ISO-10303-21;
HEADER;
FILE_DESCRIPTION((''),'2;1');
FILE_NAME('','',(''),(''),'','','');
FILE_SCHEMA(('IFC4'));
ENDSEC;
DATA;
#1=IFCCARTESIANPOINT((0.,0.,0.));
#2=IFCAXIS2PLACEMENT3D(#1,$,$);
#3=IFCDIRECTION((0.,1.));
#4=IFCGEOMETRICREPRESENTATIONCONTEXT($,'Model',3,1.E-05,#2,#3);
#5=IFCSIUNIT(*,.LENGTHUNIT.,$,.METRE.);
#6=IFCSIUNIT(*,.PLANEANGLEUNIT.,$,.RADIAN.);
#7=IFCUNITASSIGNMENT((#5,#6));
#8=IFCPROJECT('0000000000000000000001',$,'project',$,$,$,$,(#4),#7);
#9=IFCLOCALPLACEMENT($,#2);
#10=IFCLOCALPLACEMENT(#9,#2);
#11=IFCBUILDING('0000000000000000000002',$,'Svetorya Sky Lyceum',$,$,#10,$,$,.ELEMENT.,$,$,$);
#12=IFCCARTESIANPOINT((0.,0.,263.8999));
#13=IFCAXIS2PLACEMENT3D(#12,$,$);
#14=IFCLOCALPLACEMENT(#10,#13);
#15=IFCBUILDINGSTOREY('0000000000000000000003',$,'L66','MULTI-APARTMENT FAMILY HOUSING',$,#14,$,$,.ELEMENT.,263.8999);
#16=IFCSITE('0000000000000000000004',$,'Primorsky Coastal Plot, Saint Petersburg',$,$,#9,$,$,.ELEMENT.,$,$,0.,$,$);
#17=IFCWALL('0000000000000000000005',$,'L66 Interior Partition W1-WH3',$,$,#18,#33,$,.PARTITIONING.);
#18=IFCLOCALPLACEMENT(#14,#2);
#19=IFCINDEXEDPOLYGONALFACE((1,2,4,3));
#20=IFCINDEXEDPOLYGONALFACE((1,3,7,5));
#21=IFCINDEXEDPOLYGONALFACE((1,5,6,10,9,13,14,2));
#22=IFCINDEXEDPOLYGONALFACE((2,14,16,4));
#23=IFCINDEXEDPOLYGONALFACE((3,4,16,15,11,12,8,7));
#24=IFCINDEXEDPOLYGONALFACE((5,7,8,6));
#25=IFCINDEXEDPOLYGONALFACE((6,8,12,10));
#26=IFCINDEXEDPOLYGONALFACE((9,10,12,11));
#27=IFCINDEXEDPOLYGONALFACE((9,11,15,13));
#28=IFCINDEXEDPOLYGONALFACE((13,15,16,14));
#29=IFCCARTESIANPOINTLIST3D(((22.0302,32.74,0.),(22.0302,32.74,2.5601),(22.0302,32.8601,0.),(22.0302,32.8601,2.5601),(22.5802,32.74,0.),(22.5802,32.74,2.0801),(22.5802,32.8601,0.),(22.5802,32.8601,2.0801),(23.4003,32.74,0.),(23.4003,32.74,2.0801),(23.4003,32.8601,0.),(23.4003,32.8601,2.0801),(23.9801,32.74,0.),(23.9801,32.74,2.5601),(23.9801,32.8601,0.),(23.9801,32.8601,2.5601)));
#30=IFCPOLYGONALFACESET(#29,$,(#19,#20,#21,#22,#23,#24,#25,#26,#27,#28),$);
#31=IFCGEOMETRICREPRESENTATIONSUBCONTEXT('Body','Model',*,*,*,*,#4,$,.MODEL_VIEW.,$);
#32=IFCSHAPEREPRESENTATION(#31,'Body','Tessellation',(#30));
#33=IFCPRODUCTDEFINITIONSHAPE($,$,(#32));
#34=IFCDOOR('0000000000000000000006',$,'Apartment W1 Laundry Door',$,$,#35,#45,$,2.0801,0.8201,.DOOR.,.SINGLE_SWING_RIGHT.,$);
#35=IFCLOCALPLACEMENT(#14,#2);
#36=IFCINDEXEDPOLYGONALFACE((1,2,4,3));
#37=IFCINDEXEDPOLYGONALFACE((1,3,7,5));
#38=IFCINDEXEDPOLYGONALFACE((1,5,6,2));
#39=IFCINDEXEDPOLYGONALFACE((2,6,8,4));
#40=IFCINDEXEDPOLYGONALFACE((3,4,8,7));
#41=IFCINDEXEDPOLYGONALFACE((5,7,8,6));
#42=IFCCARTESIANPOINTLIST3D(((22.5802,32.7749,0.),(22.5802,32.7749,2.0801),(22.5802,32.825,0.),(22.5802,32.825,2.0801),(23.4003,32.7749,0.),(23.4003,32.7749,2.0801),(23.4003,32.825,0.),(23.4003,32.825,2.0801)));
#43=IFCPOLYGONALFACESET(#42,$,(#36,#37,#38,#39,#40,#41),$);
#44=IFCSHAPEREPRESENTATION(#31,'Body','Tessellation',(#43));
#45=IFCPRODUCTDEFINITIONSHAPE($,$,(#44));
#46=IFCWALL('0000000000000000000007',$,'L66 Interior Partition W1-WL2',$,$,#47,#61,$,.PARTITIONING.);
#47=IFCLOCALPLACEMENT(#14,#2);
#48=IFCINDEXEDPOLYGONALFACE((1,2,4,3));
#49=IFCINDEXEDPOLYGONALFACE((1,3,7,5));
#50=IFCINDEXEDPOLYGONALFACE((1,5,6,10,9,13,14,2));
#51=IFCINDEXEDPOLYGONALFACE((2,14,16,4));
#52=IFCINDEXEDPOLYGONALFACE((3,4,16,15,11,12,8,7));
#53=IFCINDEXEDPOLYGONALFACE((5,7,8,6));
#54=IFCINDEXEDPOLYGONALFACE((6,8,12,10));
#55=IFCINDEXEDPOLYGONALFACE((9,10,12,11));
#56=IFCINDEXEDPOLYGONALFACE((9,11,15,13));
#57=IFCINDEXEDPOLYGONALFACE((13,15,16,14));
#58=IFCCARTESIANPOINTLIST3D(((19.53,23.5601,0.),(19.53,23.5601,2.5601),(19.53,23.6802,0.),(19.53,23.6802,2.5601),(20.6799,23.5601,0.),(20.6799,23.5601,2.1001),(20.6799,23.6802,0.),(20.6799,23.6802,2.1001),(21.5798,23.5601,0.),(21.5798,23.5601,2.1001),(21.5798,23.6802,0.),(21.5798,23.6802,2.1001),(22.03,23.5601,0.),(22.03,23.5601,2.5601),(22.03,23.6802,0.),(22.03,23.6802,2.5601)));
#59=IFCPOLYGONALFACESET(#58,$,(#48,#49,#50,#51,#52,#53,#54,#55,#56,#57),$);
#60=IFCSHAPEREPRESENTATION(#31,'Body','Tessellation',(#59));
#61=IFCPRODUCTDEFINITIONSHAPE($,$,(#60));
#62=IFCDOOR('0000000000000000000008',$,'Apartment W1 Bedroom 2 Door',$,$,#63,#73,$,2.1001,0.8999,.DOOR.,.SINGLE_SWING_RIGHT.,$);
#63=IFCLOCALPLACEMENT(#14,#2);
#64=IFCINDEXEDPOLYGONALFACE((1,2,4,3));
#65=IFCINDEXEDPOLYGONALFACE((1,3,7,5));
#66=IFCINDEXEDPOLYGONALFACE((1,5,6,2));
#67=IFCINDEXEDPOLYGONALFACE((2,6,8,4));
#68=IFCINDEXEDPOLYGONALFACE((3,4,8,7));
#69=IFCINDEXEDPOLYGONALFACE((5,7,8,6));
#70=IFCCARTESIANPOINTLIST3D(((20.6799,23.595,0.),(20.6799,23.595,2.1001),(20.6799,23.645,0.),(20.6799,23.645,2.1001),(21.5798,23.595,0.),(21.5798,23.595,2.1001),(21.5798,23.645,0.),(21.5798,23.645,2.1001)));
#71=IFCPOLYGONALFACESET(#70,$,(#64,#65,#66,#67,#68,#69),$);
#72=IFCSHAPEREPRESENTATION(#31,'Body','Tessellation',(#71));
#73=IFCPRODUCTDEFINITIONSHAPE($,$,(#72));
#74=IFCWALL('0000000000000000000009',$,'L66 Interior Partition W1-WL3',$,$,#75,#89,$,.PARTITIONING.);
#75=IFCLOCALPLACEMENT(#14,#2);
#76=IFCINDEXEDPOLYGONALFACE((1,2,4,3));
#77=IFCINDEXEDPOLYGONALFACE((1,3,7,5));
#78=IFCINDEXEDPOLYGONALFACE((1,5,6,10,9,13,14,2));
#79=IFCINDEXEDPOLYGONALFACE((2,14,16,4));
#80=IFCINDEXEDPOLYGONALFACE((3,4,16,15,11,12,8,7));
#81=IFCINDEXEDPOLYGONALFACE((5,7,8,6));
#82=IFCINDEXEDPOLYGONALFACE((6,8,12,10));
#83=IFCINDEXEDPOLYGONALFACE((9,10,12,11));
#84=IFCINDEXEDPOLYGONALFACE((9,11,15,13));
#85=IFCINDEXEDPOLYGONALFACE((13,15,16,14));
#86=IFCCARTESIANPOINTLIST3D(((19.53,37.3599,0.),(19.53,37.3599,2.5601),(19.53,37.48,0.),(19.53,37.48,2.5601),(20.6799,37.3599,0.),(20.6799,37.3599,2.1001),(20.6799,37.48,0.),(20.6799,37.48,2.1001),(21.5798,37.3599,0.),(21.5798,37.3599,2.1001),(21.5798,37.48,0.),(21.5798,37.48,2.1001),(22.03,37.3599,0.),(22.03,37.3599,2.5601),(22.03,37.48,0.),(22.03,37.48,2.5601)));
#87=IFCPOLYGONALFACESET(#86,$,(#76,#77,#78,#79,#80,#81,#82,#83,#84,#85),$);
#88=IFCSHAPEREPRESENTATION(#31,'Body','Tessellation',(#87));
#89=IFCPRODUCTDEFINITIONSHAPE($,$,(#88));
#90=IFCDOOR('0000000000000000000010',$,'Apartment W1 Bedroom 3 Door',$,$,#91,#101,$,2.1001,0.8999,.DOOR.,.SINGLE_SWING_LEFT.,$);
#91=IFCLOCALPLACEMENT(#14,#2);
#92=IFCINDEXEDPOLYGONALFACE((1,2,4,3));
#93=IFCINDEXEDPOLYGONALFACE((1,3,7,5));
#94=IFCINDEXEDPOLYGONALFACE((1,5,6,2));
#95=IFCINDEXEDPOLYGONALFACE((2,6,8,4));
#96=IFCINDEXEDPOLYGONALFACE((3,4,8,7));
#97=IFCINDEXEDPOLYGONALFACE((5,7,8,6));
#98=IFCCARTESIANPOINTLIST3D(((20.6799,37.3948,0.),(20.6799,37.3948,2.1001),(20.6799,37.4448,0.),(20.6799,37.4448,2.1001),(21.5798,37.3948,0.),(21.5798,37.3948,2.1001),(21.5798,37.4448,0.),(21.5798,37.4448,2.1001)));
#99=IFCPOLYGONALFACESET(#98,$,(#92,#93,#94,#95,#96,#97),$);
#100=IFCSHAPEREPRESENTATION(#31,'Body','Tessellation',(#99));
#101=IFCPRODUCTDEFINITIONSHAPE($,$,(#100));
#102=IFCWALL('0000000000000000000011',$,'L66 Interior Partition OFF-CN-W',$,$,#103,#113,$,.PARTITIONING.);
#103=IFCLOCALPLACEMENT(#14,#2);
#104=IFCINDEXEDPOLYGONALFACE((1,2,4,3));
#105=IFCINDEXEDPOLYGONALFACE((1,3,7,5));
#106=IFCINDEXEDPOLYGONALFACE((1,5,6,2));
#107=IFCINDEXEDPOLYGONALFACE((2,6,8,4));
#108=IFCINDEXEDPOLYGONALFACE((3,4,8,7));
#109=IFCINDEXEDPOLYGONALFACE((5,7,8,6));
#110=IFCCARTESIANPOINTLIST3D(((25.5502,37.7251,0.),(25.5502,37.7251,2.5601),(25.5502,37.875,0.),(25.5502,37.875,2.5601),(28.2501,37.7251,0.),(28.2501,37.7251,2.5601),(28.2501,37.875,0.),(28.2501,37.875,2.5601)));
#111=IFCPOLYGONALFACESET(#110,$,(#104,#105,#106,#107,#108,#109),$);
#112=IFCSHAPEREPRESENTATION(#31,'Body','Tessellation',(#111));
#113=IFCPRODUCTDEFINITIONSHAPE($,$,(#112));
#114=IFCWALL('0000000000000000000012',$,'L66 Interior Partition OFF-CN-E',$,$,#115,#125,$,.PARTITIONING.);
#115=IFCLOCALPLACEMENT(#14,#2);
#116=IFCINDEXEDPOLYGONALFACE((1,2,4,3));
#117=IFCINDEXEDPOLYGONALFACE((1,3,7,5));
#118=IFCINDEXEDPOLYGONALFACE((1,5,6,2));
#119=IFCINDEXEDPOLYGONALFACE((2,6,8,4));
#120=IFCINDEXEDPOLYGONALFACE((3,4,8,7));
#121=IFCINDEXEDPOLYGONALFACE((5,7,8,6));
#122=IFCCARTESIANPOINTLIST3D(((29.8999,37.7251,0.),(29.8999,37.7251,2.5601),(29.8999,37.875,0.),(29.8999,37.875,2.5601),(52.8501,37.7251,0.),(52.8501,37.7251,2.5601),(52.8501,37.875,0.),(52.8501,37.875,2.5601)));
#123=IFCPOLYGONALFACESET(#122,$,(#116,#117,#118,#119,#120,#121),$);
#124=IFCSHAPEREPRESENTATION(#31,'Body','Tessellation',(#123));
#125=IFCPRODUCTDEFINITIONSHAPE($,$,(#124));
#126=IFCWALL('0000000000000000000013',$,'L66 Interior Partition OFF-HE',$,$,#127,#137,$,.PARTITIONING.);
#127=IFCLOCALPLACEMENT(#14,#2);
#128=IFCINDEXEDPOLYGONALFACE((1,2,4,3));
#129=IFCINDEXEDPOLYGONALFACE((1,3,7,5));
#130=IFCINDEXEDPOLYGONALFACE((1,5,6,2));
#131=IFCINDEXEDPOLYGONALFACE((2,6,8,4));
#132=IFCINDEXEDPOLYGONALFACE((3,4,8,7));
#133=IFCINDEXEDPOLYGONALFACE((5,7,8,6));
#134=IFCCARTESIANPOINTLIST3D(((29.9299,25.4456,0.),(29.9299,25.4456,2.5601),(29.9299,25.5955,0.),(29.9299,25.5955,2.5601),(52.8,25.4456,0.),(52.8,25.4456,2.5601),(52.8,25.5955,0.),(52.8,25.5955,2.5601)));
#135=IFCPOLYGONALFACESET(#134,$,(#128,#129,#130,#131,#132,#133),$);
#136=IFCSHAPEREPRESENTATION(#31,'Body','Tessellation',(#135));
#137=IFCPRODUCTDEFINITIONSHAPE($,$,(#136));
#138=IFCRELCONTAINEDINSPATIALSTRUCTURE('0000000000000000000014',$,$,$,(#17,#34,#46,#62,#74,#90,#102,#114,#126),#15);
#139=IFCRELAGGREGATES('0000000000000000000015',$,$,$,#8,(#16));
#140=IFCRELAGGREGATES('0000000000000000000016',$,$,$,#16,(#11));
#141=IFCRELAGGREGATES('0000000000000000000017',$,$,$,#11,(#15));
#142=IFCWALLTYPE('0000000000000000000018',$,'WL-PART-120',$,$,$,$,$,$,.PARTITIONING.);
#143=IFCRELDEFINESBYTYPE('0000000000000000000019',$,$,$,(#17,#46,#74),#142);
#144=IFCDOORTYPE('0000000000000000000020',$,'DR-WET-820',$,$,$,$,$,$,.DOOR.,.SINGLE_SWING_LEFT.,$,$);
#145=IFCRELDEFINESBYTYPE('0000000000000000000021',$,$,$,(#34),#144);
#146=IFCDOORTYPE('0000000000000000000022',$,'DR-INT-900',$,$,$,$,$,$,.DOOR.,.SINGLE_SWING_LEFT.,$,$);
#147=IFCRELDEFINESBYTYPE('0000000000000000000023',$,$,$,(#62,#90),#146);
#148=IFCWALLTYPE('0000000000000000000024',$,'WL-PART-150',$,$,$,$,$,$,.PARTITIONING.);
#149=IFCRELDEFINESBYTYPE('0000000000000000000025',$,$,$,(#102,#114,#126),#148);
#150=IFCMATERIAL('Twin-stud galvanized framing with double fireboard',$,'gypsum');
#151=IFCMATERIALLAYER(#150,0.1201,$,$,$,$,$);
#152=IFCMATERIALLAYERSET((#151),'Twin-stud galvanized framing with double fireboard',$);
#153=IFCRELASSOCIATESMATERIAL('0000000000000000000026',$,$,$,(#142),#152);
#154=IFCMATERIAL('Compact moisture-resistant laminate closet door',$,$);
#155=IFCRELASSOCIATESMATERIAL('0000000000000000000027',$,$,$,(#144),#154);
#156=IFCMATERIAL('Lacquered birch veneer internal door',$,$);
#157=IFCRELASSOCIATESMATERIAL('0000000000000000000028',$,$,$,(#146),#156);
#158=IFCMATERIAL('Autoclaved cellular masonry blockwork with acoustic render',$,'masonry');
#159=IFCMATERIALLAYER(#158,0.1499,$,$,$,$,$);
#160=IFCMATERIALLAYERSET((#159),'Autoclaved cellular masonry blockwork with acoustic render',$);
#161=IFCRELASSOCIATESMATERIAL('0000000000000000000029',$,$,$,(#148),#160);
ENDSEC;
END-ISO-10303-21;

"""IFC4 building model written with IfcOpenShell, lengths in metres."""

from ifc_helpers import new_model, si_unit, direction, frame, frame_2d, origin, place, context, subcontext, project, spatial, rectangle, extrude, material, layer, layer_set, type_object, element, fill, save


model = new_model("IFC4")

# Units and contexts
model_context = context("Model", 3, precision=1e-05, world=origin(), true_north=direction((0.0, 1.0)))
body_context = subcontext(model_context, "Body", "Model", "MODEL_VIEW")
ifc_project = project(units=[si_unit("LENGTHUNIT", "METRE"), si_unit("PLANEANGLEUNIT", "RADIAN")], contexts=[model_context])

# Site, building, storey
site_placement = place(None, origin())
site = spatial("IfcSite", under=ifc_project, at=site_placement, Name="Primorsky Coastal Plot, Saint Petersburg", CompositionType="ELEMENT", RefElevation=0.0)
building_placement = place(site_placement, origin())
building = spatial("IfcBuilding", under=site, at=building_placement, Name="Svetorya Sky Lyceum", CompositionType="ELEMENT")
storey_placement = place(building_placement, frame((0.0, 0.0, 263.8999)))
storey = spatial("IfcBuildingStorey", under=building, at=storey_placement, Name="L66", Description="MULTI-APARTMENT FAMILY HOUSING", CompositionType="ELEMENT", Elevation=263.8999)

# Shared definitions
ifc_material_1 = material(Name="Twin-stud galvanized framing with double fireboard", Category="gypsum")
ifc_layer_1 = layer(ifc_material_1, 0.1201)
ifc_layer_set_1 = layer_set([ifc_layer_1], Name="Twin-stud galvanized framing with double fireboard")
wall_type_1 = type_object("IfcWallType", Name="WL-PART-120", PredefinedType="PARTITIONING", material=ifc_layer_set_1)

# Walls, openings, doors
wall_1_placement = place(storey_placement, frame((22.03, 32.8, 0.0), z_axis=(0.0, 0.0, 1.0), x_axis=(1.0, 0.0, 0.0)))
wall_1 = element("IfcWall", 1, at=wall_1_placement, inside=storey, type_object=wall_type_1, Name="L66 Interior Partition W1-WH3", PredefinedType="PARTITIONING", context=body_context, shape_type="SweptSolid", body=[
    extrude(rectangle(XDim=1.95, YDim=0.1201, at=frame_2d((0.9751, 0.0))), origin(), (0.0, 0.0, 1.0), 2.5601),
])
opening_1_placement = place(wall_1_placement, frame((0.55, 0.0, 0.0)))
opening_1 = element("IfcOpeningElement", 2, at=opening_1_placement, cuts=wall_1, PredefinedType="OPENING", context=body_context, shape_type="SweptSolid", body=[
    extrude(rectangle(XDim=0.8201, YDim=2.0801, at=frame_2d((0.4102, 1.04))), frame((0.0, 0.0701, 0.0), z_axis=(0.0, -1.0, 0.0), x_axis=(1.0, 0.0, 0.0)), (0.0, 0.0, 1.0), 0.1401),
])
ifc_material_2 = material(Name="Compact moisture-resistant laminate closet door")
door_type_1 = type_object("IfcDoorType", Name="DR-WET-820", OperationType="SINGLE_SWING_LEFT", PredefinedType="DOOR", material=ifc_material_2)
door_1_placement = place(opening_1_placement, origin())
door_1 = element("IfcDoor", 3, at=door_1_placement, inside=storey, type_object=door_type_1, Name="Apartment W1 Laundry Door", OperationType="SINGLE_SWING_RIGHT", OverallHeight=2.0801, OverallWidth=0.8201, PredefinedType="DOOR", context=body_context, shape_type="SweptSolid", body=[
    extrude(rectangle(XDim=0.8201, YDim=2.0801, at=frame_2d((0.4102, 1.04))), frame((0.0, 0.0249, 0.0), z_axis=(0.0, -1.0, 0.0), x_axis=(1.0, 0.0, 0.0)), (0.0, 0.0, 1.0), 0.05),
])
fill(opening_1, door_1)
wall_2_placement = place(storey_placement, frame((19.53, 23.6201, 0.0), z_axis=(0.0, 0.0, 1.0), x_axis=(1.0, 0.0, 0.0)))
wall_2 = element("IfcWall", 4, at=wall_2_placement, inside=storey, type_object=wall_type_1, Name="L66 Interior Partition W1-WL2", PredefinedType="PARTITIONING", context=body_context, shape_type="SweptSolid", body=[
    extrude(rectangle(XDim=2.5, YDim=0.1201, at=frame_2d((1.25, 0.0))), origin(), (0.0, 0.0, 1.0), 2.5601),
])
opening_2_placement = place(wall_2_placement, frame((1.1499, 0.0, 0.0)))
opening_2 = element("IfcOpeningElement", 5, at=opening_2_placement, cuts=wall_2, PredefinedType="OPENING", context=body_context, shape_type="SweptSolid", body=[
    extrude(rectangle(XDim=0.8999, YDim=2.1001, at=frame_2d((0.45, 1.05))), frame((0.0, 0.0701, 0.0), z_axis=(0.0, -1.0, 0.0), x_axis=(1.0, 0.0, 0.0)), (0.0, 0.0, 1.0), 0.1401),
])
ifc_material_3 = material(Name="Lacquered birch veneer internal door")
door_type_2 = type_object("IfcDoorType", Name="DR-INT-900", OperationType="SINGLE_SWING_LEFT", PredefinedType="DOOR", material=ifc_material_3)
door_2_placement = place(opening_2_placement, origin())
door_2 = element("IfcDoor", 6, at=door_2_placement, inside=storey, type_object=door_type_2, Name="Apartment W1 Bedroom 2 Door", OperationType="SINGLE_SWING_RIGHT", OverallHeight=2.1001, OverallWidth=0.8999, PredefinedType="DOOR", context=body_context, shape_type="SweptSolid", body=[
    extrude(rectangle(XDim=0.8999, YDim=2.1001, at=frame_2d((0.45, 1.05))), frame((0.0, 0.0249, 0.0), z_axis=(0.0, -1.0, 0.0), x_axis=(1.0, 0.0, 0.0)), (0.0, 0.0, 1.0), 0.05),
])
fill(opening_2, door_2)
wall_3_placement = place(storey_placement, frame((19.53, 37.4199, 0.0), z_axis=(0.0, 0.0, 1.0), x_axis=(1.0, 0.0, 0.0)))
wall_3 = element("IfcWall", 7, at=wall_3_placement, inside=storey, type_object=wall_type_1, Name="L66 Interior Partition W1-WL3", PredefinedType="PARTITIONING", context=body_context, shape_type="SweptSolid", body=[
    extrude(rectangle(XDim=2.5, YDim=0.1201, at=frame_2d((1.25, 0.0))), origin(), (0.0, 0.0, 1.0), 2.5601),
])
opening_3_placement = place(wall_3_placement, frame((1.1499, 0.0, 0.0)))
opening_3 = element("IfcOpeningElement", 8, at=opening_3_placement, cuts=wall_3, PredefinedType="OPENING", context=body_context, shape_type="SweptSolid", body=[
    extrude(rectangle(XDim=0.8999, YDim=2.1001, at=frame_2d((0.45, 1.05))), frame((0.0, 0.0701, 0.0), z_axis=(0.0, -1.0, 0.0), x_axis=(1.0, 0.0, 0.0)), (0.0, 0.0, 1.0), 0.1401),
])
door_3_placement = place(opening_3_placement, origin())
door_3 = element("IfcDoor", 9, at=door_3_placement, inside=storey, type_object=door_type_2, Name="Apartment W1 Bedroom 3 Door", OperationType="SINGLE_SWING_LEFT", OverallHeight=2.1001, OverallWidth=0.8999, PredefinedType="DOOR", context=body_context, shape_type="SweptSolid", body=[
    extrude(rectangle(XDim=0.8999, YDim=2.1001, at=frame_2d((0.45, 1.05))), frame((0.0, 0.0249, 0.0), z_axis=(0.0, -1.0, 0.0), x_axis=(1.0, 0.0, 0.0)), (0.0, 0.0, 1.0), 0.05),
])
fill(opening_3, door_3)

# Walls
ifc_material_4 = material(Name="Autoclaved cellular masonry blockwork with acoustic render", Category="masonry")
ifc_layer_2 = layer(ifc_material_4, 0.1499)
ifc_layer_set_2 = layer_set([ifc_layer_2], Name="Autoclaved cellular masonry blockwork with acoustic render")
wall_type_2 = type_object("IfcWallType", Name="WL-PART-150", PredefinedType="PARTITIONING", material=ifc_layer_set_2)
wall_4_placement = place(storey_placement, frame((25.55, 37.8, 0.0), z_axis=(0.0, 0.0, 1.0), x_axis=(1.0, 0.0, 0.0)))
element("IfcWall", 10, at=wall_4_placement, inside=storey, type_object=wall_type_2, Name="L66 Interior Partition OFF-CN-W", PredefinedType="PARTITIONING", context=body_context, shape_type="SweptSolid", body=[
    extrude(rectangle(XDim=2.7, YDim=0.1499, at=frame_2d((1.3501, 0.0))), origin(), (0.0, 0.0, 1.0), 2.5601),
])
wall_5_placement = place(storey_placement, frame((29.8999, 37.8, 0.0), z_axis=(0.0, 0.0, 1.0), x_axis=(1.0, 0.0, 0.0)))
element("IfcWall", 11, at=wall_5_placement, inside=storey, type_object=wall_type_2, Name="L66 Interior Partition OFF-CN-E", PredefinedType="PARTITIONING", context=body_context, shape_type="SweptSolid", body=[
    extrude(rectangle(XDim=22.9502, YDim=0.1499, at=frame_2d((11.4751, 0.0))), origin(), (0.0, 0.0, 1.0), 2.5601),
])
wall_6_placement = place(storey_placement, frame((29.9299, 25.5205, 0.0), z_axis=(0.0, 0.0, 1.0), x_axis=(1.0, 0.0, 0.0)))
element("IfcWall", 12, at=wall_6_placement, inside=storey, type_object=wall_type_2, Name="L66 Interior Partition OFF-HE", PredefinedType="PARTITIONING", context=body_context, shape_type="SweptSolid", body=[
    extrude(rectangle(XDim=22.8701, YDim=0.1499, at=frame_2d((11.4351, 0.0))), origin(), (0.0, 0.0, 1.0), 2.5601),
])

save(model, "model.ifc")
